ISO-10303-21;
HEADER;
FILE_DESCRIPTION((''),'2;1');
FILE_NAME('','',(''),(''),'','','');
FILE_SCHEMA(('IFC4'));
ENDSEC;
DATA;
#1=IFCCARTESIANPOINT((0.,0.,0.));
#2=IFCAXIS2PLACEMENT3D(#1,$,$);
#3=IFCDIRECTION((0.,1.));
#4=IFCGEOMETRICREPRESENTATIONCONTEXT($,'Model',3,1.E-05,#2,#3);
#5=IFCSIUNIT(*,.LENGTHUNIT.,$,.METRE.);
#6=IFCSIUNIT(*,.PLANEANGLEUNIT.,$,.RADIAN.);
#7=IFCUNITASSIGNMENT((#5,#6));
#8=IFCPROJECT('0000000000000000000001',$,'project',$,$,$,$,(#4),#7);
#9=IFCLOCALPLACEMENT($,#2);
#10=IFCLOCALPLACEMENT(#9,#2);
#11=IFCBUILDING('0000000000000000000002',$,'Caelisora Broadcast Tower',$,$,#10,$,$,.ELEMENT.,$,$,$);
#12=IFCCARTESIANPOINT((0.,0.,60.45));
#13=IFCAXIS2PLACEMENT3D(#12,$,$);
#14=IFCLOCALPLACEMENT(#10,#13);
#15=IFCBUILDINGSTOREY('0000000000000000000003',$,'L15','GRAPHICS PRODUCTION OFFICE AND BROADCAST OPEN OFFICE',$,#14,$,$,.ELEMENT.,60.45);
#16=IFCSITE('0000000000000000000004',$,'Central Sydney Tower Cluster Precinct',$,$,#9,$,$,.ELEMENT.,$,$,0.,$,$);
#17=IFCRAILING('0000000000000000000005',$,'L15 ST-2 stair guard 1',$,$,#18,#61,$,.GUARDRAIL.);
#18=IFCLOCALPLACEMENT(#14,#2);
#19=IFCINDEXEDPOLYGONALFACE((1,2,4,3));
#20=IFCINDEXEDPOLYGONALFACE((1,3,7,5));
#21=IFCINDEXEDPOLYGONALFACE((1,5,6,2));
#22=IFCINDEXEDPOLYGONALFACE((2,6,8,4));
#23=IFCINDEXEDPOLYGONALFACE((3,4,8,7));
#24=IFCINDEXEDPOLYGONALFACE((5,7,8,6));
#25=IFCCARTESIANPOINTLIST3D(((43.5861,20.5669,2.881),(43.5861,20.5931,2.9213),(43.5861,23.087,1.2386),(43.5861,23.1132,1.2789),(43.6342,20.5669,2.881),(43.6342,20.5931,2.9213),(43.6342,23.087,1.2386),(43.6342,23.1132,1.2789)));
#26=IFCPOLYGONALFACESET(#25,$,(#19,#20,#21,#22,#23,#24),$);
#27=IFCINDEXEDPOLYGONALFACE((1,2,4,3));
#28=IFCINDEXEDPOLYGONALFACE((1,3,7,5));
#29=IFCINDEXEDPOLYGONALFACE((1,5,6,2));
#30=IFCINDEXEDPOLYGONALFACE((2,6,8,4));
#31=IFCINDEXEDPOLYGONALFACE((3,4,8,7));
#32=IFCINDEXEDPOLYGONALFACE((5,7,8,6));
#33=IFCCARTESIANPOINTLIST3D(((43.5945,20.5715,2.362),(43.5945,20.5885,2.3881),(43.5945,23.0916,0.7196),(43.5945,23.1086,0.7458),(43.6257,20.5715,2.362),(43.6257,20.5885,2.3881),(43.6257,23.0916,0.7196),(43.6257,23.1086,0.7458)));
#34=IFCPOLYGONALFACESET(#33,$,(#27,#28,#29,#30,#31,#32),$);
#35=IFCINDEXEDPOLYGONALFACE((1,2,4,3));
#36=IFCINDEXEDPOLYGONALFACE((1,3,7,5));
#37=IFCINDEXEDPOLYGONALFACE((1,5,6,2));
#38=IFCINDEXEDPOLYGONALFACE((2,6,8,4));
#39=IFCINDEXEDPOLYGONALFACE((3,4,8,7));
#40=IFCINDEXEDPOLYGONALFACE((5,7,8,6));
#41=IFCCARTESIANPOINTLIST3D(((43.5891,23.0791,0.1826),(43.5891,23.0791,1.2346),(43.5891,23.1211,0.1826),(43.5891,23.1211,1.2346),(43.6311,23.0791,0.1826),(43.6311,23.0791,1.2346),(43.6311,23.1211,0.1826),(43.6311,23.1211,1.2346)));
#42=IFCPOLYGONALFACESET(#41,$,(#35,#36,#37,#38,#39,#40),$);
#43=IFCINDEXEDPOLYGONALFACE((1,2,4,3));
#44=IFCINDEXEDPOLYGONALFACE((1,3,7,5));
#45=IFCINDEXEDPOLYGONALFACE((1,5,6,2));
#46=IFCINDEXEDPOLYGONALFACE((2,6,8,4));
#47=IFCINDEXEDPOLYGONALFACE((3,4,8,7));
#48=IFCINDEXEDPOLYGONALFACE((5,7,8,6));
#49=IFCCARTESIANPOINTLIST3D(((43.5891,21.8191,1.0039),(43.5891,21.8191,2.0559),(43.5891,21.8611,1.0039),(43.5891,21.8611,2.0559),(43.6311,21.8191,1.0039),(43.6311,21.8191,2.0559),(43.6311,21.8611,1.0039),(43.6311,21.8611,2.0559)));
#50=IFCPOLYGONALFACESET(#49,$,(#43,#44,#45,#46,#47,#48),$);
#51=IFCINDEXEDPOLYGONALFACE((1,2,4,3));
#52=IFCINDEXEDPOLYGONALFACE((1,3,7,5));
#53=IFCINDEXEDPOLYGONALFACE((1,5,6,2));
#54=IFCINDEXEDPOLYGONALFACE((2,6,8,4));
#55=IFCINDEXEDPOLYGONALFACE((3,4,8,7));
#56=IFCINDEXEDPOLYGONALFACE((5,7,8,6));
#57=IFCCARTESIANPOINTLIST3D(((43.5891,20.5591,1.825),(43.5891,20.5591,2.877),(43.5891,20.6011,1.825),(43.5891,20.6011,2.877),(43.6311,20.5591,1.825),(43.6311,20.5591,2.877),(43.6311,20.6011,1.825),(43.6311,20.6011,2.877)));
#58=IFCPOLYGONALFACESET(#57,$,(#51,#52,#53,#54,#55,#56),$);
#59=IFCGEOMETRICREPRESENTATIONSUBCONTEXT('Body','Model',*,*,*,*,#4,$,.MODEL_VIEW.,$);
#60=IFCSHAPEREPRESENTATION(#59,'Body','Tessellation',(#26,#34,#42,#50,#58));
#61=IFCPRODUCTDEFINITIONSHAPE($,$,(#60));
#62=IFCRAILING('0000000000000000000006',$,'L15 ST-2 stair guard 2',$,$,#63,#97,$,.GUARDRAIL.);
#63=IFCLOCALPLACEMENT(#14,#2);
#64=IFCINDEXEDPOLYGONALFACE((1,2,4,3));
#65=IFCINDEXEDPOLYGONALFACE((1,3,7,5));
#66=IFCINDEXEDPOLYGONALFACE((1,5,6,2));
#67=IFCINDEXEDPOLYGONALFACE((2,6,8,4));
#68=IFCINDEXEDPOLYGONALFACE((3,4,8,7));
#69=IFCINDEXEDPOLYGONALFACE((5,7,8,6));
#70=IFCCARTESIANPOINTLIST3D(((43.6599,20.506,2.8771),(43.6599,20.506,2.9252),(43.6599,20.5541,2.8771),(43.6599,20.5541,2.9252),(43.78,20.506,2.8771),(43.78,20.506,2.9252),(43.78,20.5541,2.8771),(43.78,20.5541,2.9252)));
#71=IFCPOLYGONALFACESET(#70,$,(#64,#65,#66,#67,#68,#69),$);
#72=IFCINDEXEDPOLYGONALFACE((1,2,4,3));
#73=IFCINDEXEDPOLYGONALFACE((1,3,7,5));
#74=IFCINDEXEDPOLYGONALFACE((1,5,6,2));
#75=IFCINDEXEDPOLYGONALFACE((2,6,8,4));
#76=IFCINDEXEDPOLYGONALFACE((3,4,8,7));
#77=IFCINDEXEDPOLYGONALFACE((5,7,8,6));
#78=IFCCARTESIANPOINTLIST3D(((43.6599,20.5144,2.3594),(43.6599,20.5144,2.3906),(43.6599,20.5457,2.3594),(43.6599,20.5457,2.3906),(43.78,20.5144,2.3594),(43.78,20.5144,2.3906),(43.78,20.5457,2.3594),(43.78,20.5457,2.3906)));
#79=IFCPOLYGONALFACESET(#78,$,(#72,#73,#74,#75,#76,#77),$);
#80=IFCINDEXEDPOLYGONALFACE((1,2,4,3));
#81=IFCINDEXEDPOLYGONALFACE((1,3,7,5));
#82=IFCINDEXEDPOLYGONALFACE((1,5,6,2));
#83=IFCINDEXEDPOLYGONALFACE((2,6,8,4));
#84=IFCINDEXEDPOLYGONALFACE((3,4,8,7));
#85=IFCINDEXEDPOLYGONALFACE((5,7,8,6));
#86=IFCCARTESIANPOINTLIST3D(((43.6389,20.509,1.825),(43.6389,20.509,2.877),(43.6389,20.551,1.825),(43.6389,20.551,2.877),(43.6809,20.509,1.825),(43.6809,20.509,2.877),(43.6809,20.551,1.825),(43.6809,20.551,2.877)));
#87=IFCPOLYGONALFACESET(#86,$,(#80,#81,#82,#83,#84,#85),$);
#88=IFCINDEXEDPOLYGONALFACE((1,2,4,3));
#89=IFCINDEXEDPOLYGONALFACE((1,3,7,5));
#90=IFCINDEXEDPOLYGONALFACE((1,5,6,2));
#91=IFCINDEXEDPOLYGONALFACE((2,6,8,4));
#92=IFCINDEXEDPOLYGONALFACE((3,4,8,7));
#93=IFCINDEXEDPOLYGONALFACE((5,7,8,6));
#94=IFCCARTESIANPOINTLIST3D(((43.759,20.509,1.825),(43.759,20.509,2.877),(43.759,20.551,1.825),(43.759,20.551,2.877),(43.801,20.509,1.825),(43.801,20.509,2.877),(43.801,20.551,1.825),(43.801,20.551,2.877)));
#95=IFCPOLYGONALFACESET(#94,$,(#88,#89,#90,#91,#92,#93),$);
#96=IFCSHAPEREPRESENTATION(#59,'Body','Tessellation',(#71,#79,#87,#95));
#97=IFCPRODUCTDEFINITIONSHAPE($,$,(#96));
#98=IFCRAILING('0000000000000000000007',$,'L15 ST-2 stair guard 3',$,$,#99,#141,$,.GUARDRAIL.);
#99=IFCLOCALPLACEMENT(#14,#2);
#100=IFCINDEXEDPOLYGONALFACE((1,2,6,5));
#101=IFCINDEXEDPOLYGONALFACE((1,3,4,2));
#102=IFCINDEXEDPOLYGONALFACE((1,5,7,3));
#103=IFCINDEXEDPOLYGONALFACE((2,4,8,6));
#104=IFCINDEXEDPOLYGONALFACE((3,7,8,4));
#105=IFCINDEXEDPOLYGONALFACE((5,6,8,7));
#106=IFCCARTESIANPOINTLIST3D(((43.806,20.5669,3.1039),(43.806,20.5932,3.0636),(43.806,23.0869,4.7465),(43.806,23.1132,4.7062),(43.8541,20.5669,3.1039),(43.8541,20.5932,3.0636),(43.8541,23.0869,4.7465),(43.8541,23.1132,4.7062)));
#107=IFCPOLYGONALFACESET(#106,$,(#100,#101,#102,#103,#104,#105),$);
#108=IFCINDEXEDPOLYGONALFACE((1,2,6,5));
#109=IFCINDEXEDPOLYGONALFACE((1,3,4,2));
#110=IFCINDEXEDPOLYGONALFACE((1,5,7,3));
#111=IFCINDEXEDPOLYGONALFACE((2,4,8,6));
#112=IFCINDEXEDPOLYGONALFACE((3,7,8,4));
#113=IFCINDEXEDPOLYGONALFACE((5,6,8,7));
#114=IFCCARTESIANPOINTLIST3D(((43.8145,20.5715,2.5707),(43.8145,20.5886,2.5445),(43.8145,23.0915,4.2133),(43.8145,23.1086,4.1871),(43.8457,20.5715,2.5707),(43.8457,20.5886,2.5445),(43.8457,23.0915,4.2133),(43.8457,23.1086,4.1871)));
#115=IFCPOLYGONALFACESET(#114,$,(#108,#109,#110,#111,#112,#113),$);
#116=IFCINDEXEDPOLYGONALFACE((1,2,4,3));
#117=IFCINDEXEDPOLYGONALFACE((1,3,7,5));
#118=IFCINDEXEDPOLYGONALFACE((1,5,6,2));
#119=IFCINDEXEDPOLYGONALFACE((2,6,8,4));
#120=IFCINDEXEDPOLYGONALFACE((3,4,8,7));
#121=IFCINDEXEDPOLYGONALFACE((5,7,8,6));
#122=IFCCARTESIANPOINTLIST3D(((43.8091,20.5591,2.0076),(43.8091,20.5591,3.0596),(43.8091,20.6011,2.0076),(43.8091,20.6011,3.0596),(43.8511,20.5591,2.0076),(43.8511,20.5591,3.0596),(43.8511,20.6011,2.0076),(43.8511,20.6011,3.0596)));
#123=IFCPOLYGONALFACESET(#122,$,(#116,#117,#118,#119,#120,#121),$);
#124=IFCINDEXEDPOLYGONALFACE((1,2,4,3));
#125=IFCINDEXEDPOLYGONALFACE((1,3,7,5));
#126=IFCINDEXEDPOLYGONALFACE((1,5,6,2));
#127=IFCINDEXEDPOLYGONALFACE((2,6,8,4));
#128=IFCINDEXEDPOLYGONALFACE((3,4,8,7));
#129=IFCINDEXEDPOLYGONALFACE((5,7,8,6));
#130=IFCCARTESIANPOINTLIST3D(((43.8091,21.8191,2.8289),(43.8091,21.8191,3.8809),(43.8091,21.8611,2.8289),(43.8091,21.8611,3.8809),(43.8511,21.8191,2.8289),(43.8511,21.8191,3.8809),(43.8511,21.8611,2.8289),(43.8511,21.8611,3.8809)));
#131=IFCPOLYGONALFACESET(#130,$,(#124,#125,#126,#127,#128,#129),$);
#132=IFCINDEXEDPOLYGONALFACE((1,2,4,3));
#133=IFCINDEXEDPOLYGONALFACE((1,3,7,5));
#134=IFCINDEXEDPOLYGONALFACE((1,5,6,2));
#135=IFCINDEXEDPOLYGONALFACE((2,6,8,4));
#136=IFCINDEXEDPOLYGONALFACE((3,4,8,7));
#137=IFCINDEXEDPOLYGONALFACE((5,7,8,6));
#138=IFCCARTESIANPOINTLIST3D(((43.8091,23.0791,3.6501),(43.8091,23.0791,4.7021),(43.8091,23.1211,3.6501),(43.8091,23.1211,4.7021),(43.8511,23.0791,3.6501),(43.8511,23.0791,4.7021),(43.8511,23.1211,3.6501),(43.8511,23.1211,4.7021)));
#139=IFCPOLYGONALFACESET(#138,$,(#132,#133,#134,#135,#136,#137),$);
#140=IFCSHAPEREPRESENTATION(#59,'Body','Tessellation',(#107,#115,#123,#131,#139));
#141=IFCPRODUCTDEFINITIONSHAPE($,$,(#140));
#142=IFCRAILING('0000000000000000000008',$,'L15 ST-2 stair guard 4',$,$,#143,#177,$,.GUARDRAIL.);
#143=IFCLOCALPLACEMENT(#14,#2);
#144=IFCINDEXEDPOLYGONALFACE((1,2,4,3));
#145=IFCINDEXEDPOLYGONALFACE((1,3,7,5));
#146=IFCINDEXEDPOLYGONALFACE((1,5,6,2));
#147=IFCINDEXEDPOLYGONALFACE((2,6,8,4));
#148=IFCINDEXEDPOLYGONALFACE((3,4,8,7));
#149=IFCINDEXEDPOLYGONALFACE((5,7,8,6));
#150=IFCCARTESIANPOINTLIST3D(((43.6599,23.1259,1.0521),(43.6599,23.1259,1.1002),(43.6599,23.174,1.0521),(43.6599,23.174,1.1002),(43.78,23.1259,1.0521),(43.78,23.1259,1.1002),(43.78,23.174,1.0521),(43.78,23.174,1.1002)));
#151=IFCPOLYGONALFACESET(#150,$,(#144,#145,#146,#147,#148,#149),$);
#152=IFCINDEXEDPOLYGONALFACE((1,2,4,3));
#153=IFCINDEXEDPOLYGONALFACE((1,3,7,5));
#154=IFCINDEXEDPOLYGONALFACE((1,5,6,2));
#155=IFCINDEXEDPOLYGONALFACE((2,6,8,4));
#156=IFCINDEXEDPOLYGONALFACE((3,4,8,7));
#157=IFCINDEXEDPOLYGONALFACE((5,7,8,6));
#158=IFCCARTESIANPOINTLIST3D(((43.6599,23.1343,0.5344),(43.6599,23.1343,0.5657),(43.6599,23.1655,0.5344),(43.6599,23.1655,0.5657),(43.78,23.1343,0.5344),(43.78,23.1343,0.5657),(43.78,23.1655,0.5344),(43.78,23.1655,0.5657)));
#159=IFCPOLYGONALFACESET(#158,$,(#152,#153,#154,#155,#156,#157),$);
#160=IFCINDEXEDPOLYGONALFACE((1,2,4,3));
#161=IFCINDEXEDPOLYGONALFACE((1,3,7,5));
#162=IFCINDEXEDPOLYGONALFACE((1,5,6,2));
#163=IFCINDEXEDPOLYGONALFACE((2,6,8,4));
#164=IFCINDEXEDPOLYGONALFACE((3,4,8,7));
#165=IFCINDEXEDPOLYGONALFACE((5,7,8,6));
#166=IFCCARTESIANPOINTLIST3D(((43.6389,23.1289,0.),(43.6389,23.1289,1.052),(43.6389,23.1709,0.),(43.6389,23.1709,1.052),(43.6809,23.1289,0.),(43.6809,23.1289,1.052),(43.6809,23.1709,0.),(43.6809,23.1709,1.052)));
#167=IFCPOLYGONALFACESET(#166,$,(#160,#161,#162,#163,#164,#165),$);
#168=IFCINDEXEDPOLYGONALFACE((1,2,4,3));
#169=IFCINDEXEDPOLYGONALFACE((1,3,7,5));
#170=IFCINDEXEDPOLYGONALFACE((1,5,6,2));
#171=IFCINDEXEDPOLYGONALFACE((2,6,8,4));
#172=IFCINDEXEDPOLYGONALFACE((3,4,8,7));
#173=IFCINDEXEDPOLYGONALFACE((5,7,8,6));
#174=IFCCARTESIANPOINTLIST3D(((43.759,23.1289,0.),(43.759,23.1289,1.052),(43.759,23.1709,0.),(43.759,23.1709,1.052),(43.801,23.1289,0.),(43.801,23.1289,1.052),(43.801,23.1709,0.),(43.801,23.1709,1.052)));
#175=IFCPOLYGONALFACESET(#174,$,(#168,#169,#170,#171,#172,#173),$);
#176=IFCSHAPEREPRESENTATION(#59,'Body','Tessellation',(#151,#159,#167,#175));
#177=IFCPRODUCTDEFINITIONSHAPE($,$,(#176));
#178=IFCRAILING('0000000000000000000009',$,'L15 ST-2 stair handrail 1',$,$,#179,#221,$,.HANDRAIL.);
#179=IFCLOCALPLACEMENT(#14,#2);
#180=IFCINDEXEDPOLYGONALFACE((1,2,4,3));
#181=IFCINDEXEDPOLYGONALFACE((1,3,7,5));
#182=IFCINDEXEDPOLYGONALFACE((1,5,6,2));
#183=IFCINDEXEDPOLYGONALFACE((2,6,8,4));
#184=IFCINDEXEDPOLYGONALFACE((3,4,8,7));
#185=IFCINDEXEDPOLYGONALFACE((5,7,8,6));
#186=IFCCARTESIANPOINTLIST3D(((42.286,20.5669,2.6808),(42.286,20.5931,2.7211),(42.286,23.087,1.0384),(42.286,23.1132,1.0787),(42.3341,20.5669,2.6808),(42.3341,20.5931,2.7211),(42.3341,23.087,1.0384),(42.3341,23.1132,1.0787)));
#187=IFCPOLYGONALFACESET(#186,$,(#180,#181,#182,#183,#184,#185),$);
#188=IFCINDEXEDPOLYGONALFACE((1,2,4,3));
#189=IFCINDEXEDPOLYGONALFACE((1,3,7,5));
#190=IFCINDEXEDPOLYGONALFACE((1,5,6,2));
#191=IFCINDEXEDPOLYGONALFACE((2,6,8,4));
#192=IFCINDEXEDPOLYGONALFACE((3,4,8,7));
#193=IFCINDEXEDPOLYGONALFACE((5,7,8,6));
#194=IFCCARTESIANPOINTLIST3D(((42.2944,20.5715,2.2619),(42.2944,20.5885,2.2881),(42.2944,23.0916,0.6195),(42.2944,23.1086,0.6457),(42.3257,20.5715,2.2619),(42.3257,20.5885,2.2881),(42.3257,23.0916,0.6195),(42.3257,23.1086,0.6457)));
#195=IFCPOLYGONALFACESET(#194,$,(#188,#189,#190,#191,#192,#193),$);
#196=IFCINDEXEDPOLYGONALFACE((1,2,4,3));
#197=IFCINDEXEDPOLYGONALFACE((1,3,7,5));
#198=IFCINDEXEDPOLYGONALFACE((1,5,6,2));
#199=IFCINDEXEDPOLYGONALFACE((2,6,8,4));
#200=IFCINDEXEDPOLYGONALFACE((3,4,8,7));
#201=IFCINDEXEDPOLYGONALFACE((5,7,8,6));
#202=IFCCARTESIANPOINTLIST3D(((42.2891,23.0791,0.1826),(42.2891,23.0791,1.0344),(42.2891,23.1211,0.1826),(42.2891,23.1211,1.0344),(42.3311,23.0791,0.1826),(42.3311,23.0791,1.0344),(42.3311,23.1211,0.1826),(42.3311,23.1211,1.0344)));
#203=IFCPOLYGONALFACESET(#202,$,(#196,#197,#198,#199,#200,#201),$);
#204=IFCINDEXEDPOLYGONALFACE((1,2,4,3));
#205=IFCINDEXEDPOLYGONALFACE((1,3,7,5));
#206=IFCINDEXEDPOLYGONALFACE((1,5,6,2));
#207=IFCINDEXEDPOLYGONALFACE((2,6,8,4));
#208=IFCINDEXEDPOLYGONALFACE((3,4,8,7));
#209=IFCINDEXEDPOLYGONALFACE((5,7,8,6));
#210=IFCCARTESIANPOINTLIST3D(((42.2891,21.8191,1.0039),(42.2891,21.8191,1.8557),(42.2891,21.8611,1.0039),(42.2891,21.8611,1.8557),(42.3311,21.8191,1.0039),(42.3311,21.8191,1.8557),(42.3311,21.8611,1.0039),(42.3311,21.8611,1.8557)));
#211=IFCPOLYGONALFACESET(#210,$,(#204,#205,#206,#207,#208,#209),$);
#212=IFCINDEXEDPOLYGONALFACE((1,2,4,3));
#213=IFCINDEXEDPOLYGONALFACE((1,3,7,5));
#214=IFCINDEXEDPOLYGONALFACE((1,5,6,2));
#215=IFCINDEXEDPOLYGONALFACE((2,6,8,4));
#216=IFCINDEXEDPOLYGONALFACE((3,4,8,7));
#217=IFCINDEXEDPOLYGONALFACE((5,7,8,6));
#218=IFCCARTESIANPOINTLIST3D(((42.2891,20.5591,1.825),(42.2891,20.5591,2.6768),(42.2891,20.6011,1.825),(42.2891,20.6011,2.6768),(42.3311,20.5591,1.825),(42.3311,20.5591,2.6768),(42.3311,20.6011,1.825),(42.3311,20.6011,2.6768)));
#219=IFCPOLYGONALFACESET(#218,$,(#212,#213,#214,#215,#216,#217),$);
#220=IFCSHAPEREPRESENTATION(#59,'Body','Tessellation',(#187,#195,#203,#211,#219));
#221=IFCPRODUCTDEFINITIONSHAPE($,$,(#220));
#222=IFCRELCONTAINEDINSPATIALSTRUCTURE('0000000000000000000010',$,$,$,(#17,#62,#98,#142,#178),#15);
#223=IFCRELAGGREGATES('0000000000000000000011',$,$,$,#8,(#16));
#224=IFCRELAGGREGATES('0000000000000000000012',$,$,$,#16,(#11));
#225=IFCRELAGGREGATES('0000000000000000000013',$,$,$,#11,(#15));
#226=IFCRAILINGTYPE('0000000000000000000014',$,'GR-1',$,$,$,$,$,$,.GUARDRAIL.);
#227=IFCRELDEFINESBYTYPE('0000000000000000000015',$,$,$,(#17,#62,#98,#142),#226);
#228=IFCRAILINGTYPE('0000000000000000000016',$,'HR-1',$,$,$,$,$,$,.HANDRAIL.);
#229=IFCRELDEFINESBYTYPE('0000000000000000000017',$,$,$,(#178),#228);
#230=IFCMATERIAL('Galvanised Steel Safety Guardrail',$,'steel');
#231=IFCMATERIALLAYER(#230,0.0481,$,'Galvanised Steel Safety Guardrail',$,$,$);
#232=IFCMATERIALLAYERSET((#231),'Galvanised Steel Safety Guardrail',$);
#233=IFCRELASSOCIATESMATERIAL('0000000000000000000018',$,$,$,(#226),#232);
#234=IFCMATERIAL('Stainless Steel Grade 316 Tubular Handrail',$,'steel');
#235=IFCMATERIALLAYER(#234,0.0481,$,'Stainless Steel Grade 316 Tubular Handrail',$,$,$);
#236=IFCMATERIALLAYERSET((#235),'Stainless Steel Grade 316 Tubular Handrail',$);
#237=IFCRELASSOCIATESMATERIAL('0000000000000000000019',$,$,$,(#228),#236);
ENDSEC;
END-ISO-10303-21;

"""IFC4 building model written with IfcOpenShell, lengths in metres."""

from ifc_helpers import new_model, si_unit, direction, frame, origin, origin_2d, place, context, subcontext, project, spatial, rectangle, extrude, material, layer, layer_set, type_object, element, save


model = new_model("IFC4")

# Units and contexts
model_context = context("Model", 3, precision=1e-05, world=origin(), true_north=direction((0.0, 1.0)))
body_context = subcontext(model_context, "Body", "Model", "MODEL_VIEW")
ifc_project = project(units=[si_unit("LENGTHUNIT", "METRE"), si_unit("PLANEANGLEUNIT", "RADIAN")], contexts=[model_context])

# Site, building, storey
site_placement = place(None, origin())
site = spatial("IfcSite", under=ifc_project, at=site_placement, Name="Central Sydney Tower Cluster Precinct", CompositionType="ELEMENT", RefElevation=0.0)
building_placement = place(site_placement, origin())
building = spatial("IfcBuilding", under=site, at=building_placement, Name="Caelisora Broadcast Tower", CompositionType="ELEMENT")
storey_placement = place(building_placement, frame((0.0, 0.0, 60.45)))
storey = spatial("IfcBuildingStorey", under=building, at=storey_placement, Name="L15", Description="GRAPHICS PRODUCTION OFFICE AND BROADCAST OPEN OFFICE", CompositionType="ELEMENT", Elevation=60.45)

# Railings
ifc_material_1 = material(Name="Galvanised Steel Safety Guardrail", Category="steel")
ifc_layer_1 = layer(ifc_material_1, 0.0481, Name="Galvanised Steel Safety Guardrail")
ifc_layer_set_1 = layer_set([ifc_layer_1], Name="Galvanised Steel Safety Guardrail")
railing_type_1 = type_object("IfcRailingType", Name="GR-1", PredefinedType="GUARDRAIL", material=ifc_layer_set_1)
railing_1_placement = place(storey_placement, frame((43.6101, 23.1001, 0.1826)))
element("IfcRailing", 1, at=railing_1_placement, inside=storey, type_object=railing_type_1, Name="L15 ST-2 stair guard 1", PredefinedType="GUARDRAIL", context=body_context, shape_type="SweptSolid", body=[
    extrude(rectangle(XDim=0.0481, YDim=0.0481, at=origin_2d()), frame((0.0, 0.0, 1.0762), z_axis=(0.0, -0.837787, 0.545998), x_axis=(1.0, 0.0, 0.0)), (0.0, 0.0, 1.0), 3.0081),
    extrude(rectangle(XDim=0.0312, YDim=0.0312, at=origin_2d()), frame((0.0, 0.0, 0.55), z_axis=(0.0, -0.837787, 0.545998), x_axis=(1.0, 0.0, 0.0)), (0.0, 0.0, 1.0), 3.0081),
    extrude(rectangle(XDim=0.042, YDim=0.042, at=origin_2d()), origin(), (0.0, 0.0, 1.0), 1.052),
    extrude(rectangle(XDim=0.042, YDim=0.042, at=origin_2d()), frame((0.0, -1.26, 0.8213)), (0.0, 0.0, 1.0), 1.052),
    extrude(rectangle(XDim=0.042, YDim=0.042, at=origin_2d()), frame((0.0, -2.52, 1.6423)), (0.0, 0.0, 1.0), 1.052),
])
railing_2_placement = place(storey_placement, frame((43.6599, 20.53, 1.825)))
element("IfcRailing", 2, at=railing_2_placement, inside=storey, type_object=railing_type_1, Name="L15 ST-2 stair guard 2", PredefinedType="GUARDRAIL", context=body_context, shape_type="SweptSolid", body=[
    extrude(rectangle(XDim=0.0481, YDim=0.0481, at=origin_2d()), frame((0.0, 0.0, 1.0762), z_axis=(1.0, 0.0, 0.0), x_axis=(0.0, 1.0, 0.0)), (0.0, 0.0, 1.0), 0.1201),
    extrude(rectangle(XDim=0.0312, YDim=0.0312, at=origin_2d()), frame((0.0, 0.0, 0.55), z_axis=(1.0, 0.0, 0.0), x_axis=(0.0, 1.0, 0.0)), (0.0, 0.0, 1.0), 0.1201),
    extrude(rectangle(XDim=0.042, YDim=0.042, at=origin_2d()), origin(), (0.0, 0.0, 1.0), 1.052),
    extrude(rectangle(XDim=0.042, YDim=0.042, at=origin_2d()), frame((0.1201, 0.0, 0.0)), (0.0, 0.0, 1.0), 1.052),
])
railing_3_placement = place(storey_placement, frame((43.8301, 20.5801, 2.0076)))
element("IfcRailing", 3, at=railing_3_placement, inside=storey, type_object=railing_type_1, Name="L15 ST-2 stair guard 3", PredefinedType="GUARDRAIL", context=body_context, shape_type="SweptSolid", body=[
    extrude(rectangle(XDim=0.0481, YDim=0.0481, at=origin_2d()), frame((0.0, 0.0, 1.0762), z_axis=(0.0, 0.837749, 0.546055), x_axis=(-1.0, 0.0, 0.0)), (0.0, 0.0, 1.0), 3.0081),
    extrude(rectangle(XDim=0.0312, YDim=0.0312, at=origin_2d()), frame((0.0, 0.0, 0.55), z_axis=(0.0, 0.837749, 0.546055), x_axis=(-1.0, 0.0, 0.0)), (0.0, 0.0, 1.0), 3.0081),
    extrude(rectangle(XDim=0.042, YDim=0.042, at=origin_2d()), origin(), (0.0, 0.0, 1.0), 1.052),
    extrude(rectangle(XDim=0.042, YDim=0.042, at=origin_2d()), frame((0.0, 1.26, 0.8213)), (0.0, 0.0, 1.0), 1.052),
    extrude(rectangle(XDim=0.042, YDim=0.042, at=origin_2d()), frame((0.0, 2.52, 1.6426)), (0.0, 0.0, 1.0), 1.052),
])
railing_4_placement = place(storey_placement, frame((43.6599, 23.1499, 0.0)))
element("IfcRailing", 4, at=railing_4_placement, inside=storey, type_object=railing_type_1, Name="L15 ST-2 stair guard 4", PredefinedType="GUARDRAIL", context=body_context, shape_type="SweptSolid", body=[
    extrude(rectangle(XDim=0.0481, YDim=0.0481, at=origin_2d()), frame((0.0, 0.0, 1.0762), z_axis=(1.0, 0.0, 0.0), x_axis=(0.0, 1.0, 0.0)), (0.0, 0.0, 1.0), 0.1201),
    extrude(rectangle(XDim=0.0312, YDim=0.0312, at=origin_2d()), frame((0.0, 0.0, 0.55), z_axis=(1.0, 0.0, 0.0), x_axis=(0.0, 1.0, 0.0)), (0.0, 0.0, 1.0), 0.1201),
    extrude(rectangle(XDim=0.042, YDim=0.042, at=origin_2d()), origin(), (0.0, 0.0, 1.0), 1.052),
    extrude(rectangle(XDim=0.042, YDim=0.042, at=origin_2d()), frame((0.1201, 0.0, 0.0)), (0.0, 0.0, 1.0), 1.052),
])
ifc_material_2 = material(Name="Stainless Steel Grade 316 Tubular Handrail", Category="steel")
ifc_layer_2 = layer(ifc_material_2, 0.0481, Name="Stainless Steel Grade 316 Tubular Handrail")
ifc_layer_set_2 = layer_set([ifc_layer_2], Name="Stainless Steel Grade 316 Tubular Handrail")
railing_type_2 = type_object("IfcRailingType", Name="HR-1", PredefinedType="HANDRAIL", material=ifc_layer_set_2)
railing_5_placement = place(storey_placement, frame((42.3101, 23.1001, 0.1826)))
element("IfcRailing", 5, at=railing_5_placement, inside=storey, type_object=railing_type_2, Name="L15 ST-2 stair handrail 1", PredefinedType="HANDRAIL", context=body_context, shape_type="SweptSolid", body=[
    extrude(rectangle(XDim=0.0481, YDim=0.0481, at=origin_2d()), frame((0.0, 0.0, 0.876), z_axis=(0.0, -0.837787, 0.545998), x_axis=(1.0, 0.0, 0.0)), (0.0, 0.0, 1.0), 3.0081),
    extrude(rectangle(XDim=0.0312, YDim=0.0312, at=origin_2d()), frame((0.0, 0.0, 0.45), z_axis=(0.0, -0.837787, 0.545998), x_axis=(1.0, 0.0, 0.0)), (0.0, 0.0, 1.0), 3.0081),
    extrude(rectangle(XDim=0.042, YDim=0.042, at=origin_2d()), origin(), (0.0, 0.0, 1.0), 0.8518),
    extrude(rectangle(XDim=0.042, YDim=0.042, at=origin_2d()), frame((0.0, -1.26, 0.8213)), (0.0, 0.0, 1.0), 0.8518),
    extrude(rectangle(XDim=0.042, YDim=0.042, at=origin_2d()), frame((0.0, -2.52, 1.6423)), (0.0, 0.0, 1.0), 0.8518),
])

save(model, "model.ifc")
